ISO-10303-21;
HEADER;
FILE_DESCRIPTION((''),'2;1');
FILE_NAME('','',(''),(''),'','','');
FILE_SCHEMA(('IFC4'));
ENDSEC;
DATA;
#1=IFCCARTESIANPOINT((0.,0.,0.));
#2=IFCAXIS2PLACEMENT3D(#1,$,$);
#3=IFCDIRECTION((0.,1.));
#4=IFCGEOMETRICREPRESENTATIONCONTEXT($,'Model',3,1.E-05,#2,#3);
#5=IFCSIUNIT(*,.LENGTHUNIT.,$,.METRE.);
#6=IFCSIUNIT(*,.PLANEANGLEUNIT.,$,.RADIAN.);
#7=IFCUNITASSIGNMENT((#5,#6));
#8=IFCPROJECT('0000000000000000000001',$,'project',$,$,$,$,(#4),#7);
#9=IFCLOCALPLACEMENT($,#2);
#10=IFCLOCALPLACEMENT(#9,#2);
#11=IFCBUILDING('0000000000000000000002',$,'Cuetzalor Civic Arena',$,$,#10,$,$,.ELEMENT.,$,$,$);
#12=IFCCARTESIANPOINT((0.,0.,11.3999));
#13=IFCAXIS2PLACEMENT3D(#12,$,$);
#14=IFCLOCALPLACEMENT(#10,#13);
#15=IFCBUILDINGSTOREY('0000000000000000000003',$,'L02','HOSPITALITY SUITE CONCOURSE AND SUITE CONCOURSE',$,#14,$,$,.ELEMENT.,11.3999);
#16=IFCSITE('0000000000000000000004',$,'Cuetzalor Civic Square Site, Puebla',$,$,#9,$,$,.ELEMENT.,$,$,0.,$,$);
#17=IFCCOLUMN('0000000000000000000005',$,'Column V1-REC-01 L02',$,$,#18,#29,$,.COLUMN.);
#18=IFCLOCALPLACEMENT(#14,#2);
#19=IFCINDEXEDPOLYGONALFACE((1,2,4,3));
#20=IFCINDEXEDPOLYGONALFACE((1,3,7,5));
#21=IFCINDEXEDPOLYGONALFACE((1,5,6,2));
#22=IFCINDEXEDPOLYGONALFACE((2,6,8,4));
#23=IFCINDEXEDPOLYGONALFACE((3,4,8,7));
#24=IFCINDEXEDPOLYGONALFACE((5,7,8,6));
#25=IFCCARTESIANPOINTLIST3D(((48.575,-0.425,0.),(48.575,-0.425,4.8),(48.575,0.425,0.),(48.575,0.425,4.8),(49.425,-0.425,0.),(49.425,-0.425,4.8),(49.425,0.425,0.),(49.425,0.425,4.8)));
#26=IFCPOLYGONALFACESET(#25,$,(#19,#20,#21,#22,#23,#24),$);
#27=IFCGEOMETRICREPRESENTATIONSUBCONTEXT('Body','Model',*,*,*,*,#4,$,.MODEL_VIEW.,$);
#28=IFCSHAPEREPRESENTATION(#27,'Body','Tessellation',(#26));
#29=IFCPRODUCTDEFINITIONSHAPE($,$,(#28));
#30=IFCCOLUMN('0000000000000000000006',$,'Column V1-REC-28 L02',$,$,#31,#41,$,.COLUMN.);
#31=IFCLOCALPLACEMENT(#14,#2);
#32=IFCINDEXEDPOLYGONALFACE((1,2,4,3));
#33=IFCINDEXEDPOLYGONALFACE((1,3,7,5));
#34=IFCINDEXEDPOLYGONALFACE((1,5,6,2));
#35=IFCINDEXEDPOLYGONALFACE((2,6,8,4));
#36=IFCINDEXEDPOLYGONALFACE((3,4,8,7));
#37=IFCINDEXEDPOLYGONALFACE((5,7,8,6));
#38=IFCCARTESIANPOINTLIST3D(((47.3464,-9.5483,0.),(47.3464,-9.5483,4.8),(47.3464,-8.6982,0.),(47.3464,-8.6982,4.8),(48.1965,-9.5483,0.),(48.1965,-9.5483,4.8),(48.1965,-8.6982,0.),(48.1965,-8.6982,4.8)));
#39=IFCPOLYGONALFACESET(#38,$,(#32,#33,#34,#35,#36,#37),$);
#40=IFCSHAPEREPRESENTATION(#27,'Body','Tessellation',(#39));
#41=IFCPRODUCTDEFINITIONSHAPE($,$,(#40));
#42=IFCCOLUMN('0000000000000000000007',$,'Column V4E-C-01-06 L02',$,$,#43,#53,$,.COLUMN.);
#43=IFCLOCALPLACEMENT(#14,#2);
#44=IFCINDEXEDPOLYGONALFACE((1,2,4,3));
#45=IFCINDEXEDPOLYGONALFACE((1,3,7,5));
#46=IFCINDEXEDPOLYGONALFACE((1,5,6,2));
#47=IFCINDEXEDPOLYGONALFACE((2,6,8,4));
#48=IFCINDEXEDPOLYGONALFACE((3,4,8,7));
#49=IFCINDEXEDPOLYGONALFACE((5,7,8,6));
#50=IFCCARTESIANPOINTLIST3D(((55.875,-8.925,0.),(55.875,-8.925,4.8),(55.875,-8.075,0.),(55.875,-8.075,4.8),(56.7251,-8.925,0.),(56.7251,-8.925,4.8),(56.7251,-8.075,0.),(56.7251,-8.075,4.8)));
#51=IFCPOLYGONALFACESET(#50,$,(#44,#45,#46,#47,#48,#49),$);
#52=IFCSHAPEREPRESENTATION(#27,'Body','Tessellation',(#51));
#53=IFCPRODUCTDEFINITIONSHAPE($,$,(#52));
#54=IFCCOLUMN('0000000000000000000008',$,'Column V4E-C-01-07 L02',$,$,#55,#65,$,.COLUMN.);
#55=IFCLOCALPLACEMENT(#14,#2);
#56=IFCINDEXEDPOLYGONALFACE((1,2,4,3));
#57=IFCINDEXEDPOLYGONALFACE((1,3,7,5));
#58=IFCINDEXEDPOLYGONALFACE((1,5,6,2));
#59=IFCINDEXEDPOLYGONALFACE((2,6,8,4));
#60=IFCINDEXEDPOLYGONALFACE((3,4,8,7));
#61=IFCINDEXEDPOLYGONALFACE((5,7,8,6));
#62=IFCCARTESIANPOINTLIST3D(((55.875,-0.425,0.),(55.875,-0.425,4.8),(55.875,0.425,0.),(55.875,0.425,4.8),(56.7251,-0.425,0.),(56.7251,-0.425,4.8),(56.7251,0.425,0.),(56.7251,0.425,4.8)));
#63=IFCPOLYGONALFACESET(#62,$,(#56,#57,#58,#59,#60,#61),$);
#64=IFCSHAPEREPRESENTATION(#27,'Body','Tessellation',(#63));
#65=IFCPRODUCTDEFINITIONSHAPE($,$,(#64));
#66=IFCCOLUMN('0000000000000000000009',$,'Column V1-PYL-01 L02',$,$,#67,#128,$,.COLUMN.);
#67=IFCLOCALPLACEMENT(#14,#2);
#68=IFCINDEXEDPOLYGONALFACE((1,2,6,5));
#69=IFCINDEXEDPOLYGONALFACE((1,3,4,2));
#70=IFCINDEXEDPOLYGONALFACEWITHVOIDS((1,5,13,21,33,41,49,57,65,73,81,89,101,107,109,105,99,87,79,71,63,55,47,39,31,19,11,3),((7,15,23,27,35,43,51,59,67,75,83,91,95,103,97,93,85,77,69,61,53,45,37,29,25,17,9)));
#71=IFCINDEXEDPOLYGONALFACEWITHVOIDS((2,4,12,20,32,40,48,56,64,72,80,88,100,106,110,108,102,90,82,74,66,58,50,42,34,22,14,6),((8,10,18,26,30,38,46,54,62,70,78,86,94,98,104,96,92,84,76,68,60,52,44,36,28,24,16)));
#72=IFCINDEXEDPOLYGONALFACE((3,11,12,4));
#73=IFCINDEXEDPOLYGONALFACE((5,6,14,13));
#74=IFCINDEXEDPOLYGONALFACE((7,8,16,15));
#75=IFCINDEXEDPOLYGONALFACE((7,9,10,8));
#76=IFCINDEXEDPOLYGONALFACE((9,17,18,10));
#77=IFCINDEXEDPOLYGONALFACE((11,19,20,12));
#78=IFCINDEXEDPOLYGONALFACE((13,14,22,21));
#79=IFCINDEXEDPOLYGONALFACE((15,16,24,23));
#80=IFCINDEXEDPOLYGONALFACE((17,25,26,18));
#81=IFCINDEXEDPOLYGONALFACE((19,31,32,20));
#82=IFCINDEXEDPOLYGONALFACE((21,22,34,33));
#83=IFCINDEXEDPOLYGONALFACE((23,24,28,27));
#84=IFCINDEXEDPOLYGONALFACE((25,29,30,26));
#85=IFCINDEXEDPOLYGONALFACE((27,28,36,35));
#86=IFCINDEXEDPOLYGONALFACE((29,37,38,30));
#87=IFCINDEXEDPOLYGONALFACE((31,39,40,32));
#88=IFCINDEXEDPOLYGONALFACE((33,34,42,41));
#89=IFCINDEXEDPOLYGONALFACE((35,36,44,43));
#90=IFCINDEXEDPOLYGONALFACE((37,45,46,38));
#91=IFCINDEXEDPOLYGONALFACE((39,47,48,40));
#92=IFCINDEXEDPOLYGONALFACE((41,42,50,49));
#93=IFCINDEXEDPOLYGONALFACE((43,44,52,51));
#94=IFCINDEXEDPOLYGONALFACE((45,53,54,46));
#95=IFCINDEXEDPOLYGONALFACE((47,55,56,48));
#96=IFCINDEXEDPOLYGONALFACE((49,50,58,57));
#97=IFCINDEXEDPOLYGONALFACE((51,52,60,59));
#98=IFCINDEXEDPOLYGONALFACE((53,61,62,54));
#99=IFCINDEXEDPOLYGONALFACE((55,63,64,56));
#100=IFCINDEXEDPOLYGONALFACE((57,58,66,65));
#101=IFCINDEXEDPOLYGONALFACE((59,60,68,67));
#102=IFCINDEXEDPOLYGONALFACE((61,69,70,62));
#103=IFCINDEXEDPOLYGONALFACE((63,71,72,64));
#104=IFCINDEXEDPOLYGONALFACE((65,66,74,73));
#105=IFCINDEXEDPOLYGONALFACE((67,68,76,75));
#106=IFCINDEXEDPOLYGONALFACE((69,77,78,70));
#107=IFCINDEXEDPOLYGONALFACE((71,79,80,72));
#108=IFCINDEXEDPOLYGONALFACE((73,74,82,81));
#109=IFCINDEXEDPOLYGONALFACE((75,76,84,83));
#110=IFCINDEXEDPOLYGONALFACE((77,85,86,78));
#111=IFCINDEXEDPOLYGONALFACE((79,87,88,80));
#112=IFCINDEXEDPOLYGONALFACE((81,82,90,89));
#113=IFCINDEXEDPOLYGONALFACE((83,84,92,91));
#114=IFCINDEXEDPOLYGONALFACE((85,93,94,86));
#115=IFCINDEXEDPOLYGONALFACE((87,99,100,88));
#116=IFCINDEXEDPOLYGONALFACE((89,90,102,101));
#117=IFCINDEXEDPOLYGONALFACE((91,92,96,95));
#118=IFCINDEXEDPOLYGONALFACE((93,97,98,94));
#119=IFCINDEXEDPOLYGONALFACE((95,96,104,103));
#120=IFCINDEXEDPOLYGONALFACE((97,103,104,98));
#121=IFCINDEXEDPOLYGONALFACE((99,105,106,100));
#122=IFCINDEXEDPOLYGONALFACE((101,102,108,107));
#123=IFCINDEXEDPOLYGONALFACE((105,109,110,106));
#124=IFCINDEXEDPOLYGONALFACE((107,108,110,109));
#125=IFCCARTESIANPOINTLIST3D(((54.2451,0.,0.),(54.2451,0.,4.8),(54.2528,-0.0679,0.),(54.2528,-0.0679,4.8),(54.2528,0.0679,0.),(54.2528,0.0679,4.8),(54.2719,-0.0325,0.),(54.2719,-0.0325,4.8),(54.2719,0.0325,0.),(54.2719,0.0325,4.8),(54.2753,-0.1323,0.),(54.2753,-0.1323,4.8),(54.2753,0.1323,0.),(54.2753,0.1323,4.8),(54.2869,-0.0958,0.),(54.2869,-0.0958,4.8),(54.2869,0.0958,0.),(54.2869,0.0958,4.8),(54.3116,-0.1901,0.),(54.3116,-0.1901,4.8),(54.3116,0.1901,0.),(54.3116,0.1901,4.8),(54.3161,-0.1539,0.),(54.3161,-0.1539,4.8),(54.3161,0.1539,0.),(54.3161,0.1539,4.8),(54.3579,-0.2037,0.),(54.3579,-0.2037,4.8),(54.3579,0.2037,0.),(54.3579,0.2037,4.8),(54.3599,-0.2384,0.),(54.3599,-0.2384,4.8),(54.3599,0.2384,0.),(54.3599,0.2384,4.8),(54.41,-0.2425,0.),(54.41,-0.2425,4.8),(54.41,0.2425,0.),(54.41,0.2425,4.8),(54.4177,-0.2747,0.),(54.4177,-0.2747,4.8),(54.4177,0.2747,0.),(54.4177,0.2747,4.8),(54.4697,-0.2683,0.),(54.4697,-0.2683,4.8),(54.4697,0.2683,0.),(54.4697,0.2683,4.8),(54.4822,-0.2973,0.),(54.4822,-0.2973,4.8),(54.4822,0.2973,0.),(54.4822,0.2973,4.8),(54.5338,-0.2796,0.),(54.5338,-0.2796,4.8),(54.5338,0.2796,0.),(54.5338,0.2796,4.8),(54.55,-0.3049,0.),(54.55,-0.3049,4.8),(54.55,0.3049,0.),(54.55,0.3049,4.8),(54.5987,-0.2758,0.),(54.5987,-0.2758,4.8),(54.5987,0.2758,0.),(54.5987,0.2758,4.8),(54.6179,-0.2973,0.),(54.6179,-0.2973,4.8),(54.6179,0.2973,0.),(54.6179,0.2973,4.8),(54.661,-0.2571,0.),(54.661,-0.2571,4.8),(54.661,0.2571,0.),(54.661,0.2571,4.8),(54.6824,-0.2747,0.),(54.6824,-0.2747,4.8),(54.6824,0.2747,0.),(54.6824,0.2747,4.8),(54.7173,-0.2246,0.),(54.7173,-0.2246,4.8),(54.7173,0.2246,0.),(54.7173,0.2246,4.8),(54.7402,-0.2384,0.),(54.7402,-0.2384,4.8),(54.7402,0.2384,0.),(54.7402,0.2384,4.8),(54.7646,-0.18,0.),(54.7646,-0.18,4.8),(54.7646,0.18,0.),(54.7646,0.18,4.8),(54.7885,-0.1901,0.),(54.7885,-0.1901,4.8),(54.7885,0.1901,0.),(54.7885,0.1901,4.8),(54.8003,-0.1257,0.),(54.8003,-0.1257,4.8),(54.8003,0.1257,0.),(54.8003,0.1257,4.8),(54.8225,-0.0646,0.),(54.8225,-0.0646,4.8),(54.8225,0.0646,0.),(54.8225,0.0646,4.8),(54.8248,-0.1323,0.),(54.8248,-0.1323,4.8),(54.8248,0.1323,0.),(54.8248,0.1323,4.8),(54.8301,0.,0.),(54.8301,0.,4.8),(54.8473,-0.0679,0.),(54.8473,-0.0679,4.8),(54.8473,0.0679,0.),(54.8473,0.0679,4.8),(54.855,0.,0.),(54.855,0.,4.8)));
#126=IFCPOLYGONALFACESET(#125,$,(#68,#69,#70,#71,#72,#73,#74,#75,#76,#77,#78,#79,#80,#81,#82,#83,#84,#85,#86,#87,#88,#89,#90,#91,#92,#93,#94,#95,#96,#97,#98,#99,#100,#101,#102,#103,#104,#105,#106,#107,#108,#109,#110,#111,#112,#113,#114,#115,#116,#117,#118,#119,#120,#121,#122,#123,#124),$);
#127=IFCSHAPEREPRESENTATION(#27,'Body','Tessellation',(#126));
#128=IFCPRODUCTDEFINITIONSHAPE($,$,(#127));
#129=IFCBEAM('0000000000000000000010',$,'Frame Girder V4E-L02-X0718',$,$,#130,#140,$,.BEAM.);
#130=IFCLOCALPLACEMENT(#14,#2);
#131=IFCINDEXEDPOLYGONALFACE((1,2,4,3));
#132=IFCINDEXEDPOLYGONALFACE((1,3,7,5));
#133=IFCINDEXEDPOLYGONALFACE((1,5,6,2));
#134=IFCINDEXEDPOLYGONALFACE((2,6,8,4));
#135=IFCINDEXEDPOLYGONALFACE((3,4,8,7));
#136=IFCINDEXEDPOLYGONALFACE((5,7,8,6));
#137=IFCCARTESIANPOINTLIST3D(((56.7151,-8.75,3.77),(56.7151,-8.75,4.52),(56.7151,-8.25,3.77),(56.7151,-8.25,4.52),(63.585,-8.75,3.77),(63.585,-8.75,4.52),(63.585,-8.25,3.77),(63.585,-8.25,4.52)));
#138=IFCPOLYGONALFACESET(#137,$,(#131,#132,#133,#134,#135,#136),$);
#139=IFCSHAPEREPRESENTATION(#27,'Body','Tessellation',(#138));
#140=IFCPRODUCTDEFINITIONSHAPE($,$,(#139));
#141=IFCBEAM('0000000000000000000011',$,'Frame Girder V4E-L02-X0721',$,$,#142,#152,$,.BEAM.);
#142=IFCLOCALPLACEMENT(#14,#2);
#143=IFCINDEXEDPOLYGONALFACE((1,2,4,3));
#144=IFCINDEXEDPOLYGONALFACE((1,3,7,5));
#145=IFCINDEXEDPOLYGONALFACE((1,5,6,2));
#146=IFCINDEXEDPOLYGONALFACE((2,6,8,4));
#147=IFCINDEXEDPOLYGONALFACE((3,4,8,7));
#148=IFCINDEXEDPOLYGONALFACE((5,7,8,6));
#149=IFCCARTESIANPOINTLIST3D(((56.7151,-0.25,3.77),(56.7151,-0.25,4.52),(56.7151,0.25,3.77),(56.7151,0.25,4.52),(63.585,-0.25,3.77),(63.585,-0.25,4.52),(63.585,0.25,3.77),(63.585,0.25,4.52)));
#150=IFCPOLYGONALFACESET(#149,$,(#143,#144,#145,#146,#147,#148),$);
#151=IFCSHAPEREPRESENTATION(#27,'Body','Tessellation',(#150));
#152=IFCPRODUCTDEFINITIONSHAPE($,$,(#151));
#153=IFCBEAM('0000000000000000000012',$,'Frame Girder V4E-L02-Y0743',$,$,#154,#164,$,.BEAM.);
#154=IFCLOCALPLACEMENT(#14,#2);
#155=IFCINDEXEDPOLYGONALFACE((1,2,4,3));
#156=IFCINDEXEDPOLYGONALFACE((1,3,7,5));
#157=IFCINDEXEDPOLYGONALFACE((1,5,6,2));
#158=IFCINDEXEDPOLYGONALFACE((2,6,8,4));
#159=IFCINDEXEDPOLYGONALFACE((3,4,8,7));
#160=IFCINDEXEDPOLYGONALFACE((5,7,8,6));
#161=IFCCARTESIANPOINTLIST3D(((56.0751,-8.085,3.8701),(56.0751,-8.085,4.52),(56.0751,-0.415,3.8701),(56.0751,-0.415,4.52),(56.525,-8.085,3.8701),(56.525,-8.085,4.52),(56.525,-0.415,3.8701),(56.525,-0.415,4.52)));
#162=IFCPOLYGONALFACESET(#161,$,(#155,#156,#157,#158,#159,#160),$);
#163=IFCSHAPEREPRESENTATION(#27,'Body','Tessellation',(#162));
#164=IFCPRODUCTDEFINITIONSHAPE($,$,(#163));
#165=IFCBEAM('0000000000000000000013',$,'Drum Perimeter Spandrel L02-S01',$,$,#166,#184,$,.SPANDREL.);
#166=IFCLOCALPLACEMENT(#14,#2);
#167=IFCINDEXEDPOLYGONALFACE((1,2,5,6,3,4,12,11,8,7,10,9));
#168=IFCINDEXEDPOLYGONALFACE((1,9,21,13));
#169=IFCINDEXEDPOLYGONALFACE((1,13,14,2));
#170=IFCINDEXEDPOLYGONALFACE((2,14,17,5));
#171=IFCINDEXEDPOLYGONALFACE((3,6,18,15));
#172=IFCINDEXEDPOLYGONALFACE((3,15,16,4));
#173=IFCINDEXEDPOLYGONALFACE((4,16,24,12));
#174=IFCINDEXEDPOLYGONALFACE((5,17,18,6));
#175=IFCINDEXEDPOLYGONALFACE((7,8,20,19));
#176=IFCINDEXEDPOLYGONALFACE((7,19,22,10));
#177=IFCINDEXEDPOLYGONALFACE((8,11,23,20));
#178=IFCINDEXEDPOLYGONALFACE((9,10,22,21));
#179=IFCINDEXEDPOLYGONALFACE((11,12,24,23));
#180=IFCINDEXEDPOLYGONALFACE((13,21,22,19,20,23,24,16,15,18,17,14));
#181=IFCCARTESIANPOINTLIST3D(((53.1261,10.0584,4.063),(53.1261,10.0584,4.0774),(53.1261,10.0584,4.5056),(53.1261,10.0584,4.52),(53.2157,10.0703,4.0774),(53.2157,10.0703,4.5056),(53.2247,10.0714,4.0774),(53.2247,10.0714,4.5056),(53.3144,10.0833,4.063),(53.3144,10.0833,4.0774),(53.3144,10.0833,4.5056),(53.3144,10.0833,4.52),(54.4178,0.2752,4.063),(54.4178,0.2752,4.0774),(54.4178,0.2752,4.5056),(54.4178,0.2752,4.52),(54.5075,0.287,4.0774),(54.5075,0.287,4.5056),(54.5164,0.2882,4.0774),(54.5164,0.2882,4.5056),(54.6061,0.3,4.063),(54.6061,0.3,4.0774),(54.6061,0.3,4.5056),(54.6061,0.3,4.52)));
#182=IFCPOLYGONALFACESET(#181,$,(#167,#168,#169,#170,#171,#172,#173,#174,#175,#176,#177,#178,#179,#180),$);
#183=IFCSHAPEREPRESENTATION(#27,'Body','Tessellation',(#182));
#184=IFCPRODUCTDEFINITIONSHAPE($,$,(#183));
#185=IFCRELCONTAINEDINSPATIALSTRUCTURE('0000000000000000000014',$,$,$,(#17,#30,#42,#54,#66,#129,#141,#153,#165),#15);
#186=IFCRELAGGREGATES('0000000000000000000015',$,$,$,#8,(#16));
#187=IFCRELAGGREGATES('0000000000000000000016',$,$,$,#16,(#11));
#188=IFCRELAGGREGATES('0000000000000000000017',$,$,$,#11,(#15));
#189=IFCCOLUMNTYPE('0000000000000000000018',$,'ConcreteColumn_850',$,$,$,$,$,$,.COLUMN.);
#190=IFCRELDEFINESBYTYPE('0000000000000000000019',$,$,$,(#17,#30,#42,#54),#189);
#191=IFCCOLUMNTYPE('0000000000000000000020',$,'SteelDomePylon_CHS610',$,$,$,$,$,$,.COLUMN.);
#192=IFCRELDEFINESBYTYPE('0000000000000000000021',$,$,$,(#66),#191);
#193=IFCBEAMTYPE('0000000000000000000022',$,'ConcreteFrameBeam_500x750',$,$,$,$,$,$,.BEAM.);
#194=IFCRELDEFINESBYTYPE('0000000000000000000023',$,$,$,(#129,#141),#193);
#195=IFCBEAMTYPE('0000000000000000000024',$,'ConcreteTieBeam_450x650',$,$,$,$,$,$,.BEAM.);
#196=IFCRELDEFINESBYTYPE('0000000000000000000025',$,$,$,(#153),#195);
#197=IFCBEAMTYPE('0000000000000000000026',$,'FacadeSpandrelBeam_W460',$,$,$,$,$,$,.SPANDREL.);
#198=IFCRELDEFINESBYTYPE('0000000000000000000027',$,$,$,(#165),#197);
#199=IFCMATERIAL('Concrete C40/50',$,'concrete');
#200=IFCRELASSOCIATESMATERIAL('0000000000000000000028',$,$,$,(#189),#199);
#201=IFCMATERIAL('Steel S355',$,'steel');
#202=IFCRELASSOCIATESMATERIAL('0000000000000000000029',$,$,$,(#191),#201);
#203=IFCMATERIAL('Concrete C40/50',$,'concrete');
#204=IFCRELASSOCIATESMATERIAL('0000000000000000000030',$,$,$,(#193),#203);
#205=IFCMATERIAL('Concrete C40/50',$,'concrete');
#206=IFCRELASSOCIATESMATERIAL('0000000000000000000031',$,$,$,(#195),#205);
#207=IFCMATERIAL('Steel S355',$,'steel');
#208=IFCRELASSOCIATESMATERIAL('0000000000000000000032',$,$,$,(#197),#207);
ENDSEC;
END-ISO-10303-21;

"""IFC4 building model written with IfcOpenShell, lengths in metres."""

from ifc_helpers import new_model, si_unit, direction, frame, origin, origin_2d, place, context, subcontext, project, spatial, rectangle, hollow_circle, i_section, extrude, material, material_profile, profile_set, type_object, element, save


model = new_model("IFC4")

# Units and contexts
model_context = context("Model", 3, precision=1e-05, world=origin(), true_north=direction((0.0, 1.0)))
body_context = subcontext(model_context, "Body", "Model", "MODEL_VIEW")
ifc_project = project(units=[si_unit("LENGTHUNIT", "METRE"), si_unit("PLANEANGLEUNIT", "RADIAN")], contexts=[model_context])

# Site, building, storey
site_placement = place(None, origin())
site = spatial("IfcSite", under=ifc_project, at=site_placement, Name="Cuetzalor Civic Square Site, Puebla", CompositionType="ELEMENT", RefElevation=0.0)
building_placement = place(site_placement, origin())
building = spatial("IfcBuilding", under=site, at=building_placement, Name="Cuetzalor Civic Arena", CompositionType="ELEMENT")
storey_placement = place(building_placement, frame((0.0, 0.0, 11.3999)))
storey = spatial("IfcBuildingStorey", under=building, at=storey_placement, Name="L02", Description="HOSPITALITY SUITE CONCOURSE AND SUITE CONCOURSE", CompositionType="ELEMENT", Elevation=11.3999)

# Columns
ifc_material_1 = material(Name="Concrete C40/50", Category="concrete")
ifc_material_profile_1 = material_profile(ifc_material_1, rectangle(XDim=0.8501, YDim=0.8501, at=origin_2d()), Name="RC 850x850")
ifc_profile_set_1 = profile_set([ifc_material_profile_1], Name="Concrete C40/50")
column_type_1 = type_object("IfcColumnType", Name="ConcreteColumn_850", PredefinedType="COLUMN", material=ifc_profile_set_1)
for number, where, z_axis, x_axis, name in (
    (1, (49.0, 0.0, 0.0), (0.0, 0.0, 1.0), (1.0, 0.0, 0.0), "Column V1-REC-01 L02"),
    (2, (47.7715, -9.1233, 0.0), (0.0, 0.0, 1.0), (1.0, 0.0, 0.0), "Column V1-REC-28 L02"),
    (3, (56.3, -8.5, 0.0), (0.0, 0.0, 1.0), (1.0, 0.0, 0.0), "Column V4E-C-01-06 L02"),
    (4, (56.3, 0.0, 0.0), (0.0, 0.0, 1.0), (1.0, 0.0, 0.0), "Column V4E-C-01-07 L02"),
):
    element("IfcColumn", number, at=place(storey_placement, frame(where, z_axis=z_axis, x_axis=x_axis)), inside=storey, type_object=column_type_1, Name=name, PredefinedType="COLUMN", context=body_context, shape_type="SweptSolid", body=[
        extrude(rectangle(XDim=0.8501, YDim=0.8501, at=origin_2d()), origin(), (0.0, 0.0, 1.0), 4.8),
    ])
ifc_material_2 = material(Name="Steel S355", Category="steel")
ifc_material_profile_2 = material_profile(ifc_material_2, hollow_circle(Radius=0.3049, WallThickness=0.0249, at=origin_2d()), Name="CHS 610x25")
ifc_profile_set_2 = profile_set([ifc_material_profile_2], Name="Steel S355")
column_type_2 = type_object("IfcColumnType", Name="SteelDomePylon_CHS610", PredefinedType="COLUMN", material=ifc_profile_set_2)
column_placement = place(storey_placement, frame((54.55, 0.0, 0.0), z_axis=(0.0, 0.0, 1.0), x_axis=(1.0, 0.0, 0.0)))
element("IfcColumn", 5, at=column_placement, inside=storey, type_object=column_type_2, Name="Column V1-PYL-01 L02", PredefinedType="COLUMN", context=body_context, shape_type="SweptSolid", body=[
    extrude(hollow_circle(Radius=0.3049, WallThickness=0.0249, at=origin_2d()), origin(), (0.0, 0.0, 1.0), 4.8),
])

# Beams
ifc_material_3 = material(Name="Concrete C40/50", Category="concrete")
ifc_material_profile_3 = material_profile(ifc_material_3, rectangle(XDim=0.5, YDim=0.75, at=origin_2d()), Name="RC 500x750")
ifc_profile_set_3 = profile_set([ifc_material_profile_3], Name="Concrete C40/50")
beam_type_1 = type_object("IfcBeamType", Name="ConcreteFrameBeam_500x750", PredefinedType="BEAM", material=ifc_profile_set_3)
for number, where, z_axis, x_axis, name in (
    (6, (56.7151, -8.5, 4.145), (1.0, 0.0, 0.0), (0.0, 1.0, 0.0), "Frame Girder V4E-L02-X0718"),
    (7, (56.7151, 0.0, 4.145), (1.0, 0.0, 0.0), (0.0, 1.0, 0.0), "Frame Girder V4E-L02-X0721"),
):
    element("IfcBeam", number, at=place(storey_placement, frame(where, z_axis=z_axis, x_axis=x_axis)), inside=storey, type_object=beam_type_1, Name=name, PredefinedType="BEAM", context=body_context, shape_type="SweptSolid", body=[
        extrude(rectangle(XDim=0.5, YDim=0.75, at=origin_2d()), origin(), (0.0, 0.0, 1.0), 6.8699),
    ])
ifc_material_4 = material(Name="Concrete C40/50", Category="concrete")
ifc_material_profile_4 = material_profile(ifc_material_4, rectangle(XDim=0.45, YDim=0.6499, at=origin_2d()), Name="RC 450x650")
ifc_profile_set_4 = profile_set([ifc_material_profile_4], Name="Concrete C40/50")
beam_type_2 = type_object("IfcBeamType", Name="ConcreteTieBeam_450x650", PredefinedType="BEAM", material=ifc_profile_set_4)
beam_1_placement = place(storey_placement, frame((56.3, -8.085, 4.1951), z_axis=(0.0, 1.0, 0.0), x_axis=(-1.0, 0.0, 0.0)))
element("IfcBeam", 8, at=beam_1_placement, inside=storey, type_object=beam_type_2, Name="Frame Girder V4E-L02-Y0743", PredefinedType="BEAM", context=body_context, shape_type="SweptSolid", body=[
    extrude(rectangle(XDim=0.45, YDim=0.6499, at=origin_2d()), origin(), (0.0, 0.0, 1.0), 7.6699),
])
ifc_material_5 = material(Name="Steel S355", Category="steel")
ifc_material_profile_5 = material_profile(ifc_material_5, i_section(OverallWidth=0.1899, OverallDepth=0.457, WebThickness=0.009, FlangeThickness=0.0144, at=origin_2d()), Name="W460x74")
ifc_profile_set_5 = profile_set([ifc_material_profile_5], Name="Steel S355")
beam_type_3 = type_object("IfcBeamType", Name="FacadeSpandrelBeam_W460", PredefinedType="SPANDREL", material=ifc_profile_set_5)
beam_2_placement = place(storey_placement, frame((54.512, 0.2876, 4.2915), z_axis=(-0.130901, 0.991395, 0.0), x_axis=(-0.991395, -0.130901, 0.0)))
element("IfcBeam", 9, at=beam_2_placement, inside=storey, type_object=beam_type_3, Name="Drum Perimeter Spandrel L02-S01", PredefinedType="SPANDREL", context=body_context, shape_type="SweptSolid", body=[
    extrude(i_section(OverallWidth=0.1899, OverallDepth=0.457, WebThickness=0.009, FlangeThickness=0.0144, at=origin_2d()), origin(), (0.0, 0.0, 1.0), 9.8682),
])

save(model, "model.ifc")
